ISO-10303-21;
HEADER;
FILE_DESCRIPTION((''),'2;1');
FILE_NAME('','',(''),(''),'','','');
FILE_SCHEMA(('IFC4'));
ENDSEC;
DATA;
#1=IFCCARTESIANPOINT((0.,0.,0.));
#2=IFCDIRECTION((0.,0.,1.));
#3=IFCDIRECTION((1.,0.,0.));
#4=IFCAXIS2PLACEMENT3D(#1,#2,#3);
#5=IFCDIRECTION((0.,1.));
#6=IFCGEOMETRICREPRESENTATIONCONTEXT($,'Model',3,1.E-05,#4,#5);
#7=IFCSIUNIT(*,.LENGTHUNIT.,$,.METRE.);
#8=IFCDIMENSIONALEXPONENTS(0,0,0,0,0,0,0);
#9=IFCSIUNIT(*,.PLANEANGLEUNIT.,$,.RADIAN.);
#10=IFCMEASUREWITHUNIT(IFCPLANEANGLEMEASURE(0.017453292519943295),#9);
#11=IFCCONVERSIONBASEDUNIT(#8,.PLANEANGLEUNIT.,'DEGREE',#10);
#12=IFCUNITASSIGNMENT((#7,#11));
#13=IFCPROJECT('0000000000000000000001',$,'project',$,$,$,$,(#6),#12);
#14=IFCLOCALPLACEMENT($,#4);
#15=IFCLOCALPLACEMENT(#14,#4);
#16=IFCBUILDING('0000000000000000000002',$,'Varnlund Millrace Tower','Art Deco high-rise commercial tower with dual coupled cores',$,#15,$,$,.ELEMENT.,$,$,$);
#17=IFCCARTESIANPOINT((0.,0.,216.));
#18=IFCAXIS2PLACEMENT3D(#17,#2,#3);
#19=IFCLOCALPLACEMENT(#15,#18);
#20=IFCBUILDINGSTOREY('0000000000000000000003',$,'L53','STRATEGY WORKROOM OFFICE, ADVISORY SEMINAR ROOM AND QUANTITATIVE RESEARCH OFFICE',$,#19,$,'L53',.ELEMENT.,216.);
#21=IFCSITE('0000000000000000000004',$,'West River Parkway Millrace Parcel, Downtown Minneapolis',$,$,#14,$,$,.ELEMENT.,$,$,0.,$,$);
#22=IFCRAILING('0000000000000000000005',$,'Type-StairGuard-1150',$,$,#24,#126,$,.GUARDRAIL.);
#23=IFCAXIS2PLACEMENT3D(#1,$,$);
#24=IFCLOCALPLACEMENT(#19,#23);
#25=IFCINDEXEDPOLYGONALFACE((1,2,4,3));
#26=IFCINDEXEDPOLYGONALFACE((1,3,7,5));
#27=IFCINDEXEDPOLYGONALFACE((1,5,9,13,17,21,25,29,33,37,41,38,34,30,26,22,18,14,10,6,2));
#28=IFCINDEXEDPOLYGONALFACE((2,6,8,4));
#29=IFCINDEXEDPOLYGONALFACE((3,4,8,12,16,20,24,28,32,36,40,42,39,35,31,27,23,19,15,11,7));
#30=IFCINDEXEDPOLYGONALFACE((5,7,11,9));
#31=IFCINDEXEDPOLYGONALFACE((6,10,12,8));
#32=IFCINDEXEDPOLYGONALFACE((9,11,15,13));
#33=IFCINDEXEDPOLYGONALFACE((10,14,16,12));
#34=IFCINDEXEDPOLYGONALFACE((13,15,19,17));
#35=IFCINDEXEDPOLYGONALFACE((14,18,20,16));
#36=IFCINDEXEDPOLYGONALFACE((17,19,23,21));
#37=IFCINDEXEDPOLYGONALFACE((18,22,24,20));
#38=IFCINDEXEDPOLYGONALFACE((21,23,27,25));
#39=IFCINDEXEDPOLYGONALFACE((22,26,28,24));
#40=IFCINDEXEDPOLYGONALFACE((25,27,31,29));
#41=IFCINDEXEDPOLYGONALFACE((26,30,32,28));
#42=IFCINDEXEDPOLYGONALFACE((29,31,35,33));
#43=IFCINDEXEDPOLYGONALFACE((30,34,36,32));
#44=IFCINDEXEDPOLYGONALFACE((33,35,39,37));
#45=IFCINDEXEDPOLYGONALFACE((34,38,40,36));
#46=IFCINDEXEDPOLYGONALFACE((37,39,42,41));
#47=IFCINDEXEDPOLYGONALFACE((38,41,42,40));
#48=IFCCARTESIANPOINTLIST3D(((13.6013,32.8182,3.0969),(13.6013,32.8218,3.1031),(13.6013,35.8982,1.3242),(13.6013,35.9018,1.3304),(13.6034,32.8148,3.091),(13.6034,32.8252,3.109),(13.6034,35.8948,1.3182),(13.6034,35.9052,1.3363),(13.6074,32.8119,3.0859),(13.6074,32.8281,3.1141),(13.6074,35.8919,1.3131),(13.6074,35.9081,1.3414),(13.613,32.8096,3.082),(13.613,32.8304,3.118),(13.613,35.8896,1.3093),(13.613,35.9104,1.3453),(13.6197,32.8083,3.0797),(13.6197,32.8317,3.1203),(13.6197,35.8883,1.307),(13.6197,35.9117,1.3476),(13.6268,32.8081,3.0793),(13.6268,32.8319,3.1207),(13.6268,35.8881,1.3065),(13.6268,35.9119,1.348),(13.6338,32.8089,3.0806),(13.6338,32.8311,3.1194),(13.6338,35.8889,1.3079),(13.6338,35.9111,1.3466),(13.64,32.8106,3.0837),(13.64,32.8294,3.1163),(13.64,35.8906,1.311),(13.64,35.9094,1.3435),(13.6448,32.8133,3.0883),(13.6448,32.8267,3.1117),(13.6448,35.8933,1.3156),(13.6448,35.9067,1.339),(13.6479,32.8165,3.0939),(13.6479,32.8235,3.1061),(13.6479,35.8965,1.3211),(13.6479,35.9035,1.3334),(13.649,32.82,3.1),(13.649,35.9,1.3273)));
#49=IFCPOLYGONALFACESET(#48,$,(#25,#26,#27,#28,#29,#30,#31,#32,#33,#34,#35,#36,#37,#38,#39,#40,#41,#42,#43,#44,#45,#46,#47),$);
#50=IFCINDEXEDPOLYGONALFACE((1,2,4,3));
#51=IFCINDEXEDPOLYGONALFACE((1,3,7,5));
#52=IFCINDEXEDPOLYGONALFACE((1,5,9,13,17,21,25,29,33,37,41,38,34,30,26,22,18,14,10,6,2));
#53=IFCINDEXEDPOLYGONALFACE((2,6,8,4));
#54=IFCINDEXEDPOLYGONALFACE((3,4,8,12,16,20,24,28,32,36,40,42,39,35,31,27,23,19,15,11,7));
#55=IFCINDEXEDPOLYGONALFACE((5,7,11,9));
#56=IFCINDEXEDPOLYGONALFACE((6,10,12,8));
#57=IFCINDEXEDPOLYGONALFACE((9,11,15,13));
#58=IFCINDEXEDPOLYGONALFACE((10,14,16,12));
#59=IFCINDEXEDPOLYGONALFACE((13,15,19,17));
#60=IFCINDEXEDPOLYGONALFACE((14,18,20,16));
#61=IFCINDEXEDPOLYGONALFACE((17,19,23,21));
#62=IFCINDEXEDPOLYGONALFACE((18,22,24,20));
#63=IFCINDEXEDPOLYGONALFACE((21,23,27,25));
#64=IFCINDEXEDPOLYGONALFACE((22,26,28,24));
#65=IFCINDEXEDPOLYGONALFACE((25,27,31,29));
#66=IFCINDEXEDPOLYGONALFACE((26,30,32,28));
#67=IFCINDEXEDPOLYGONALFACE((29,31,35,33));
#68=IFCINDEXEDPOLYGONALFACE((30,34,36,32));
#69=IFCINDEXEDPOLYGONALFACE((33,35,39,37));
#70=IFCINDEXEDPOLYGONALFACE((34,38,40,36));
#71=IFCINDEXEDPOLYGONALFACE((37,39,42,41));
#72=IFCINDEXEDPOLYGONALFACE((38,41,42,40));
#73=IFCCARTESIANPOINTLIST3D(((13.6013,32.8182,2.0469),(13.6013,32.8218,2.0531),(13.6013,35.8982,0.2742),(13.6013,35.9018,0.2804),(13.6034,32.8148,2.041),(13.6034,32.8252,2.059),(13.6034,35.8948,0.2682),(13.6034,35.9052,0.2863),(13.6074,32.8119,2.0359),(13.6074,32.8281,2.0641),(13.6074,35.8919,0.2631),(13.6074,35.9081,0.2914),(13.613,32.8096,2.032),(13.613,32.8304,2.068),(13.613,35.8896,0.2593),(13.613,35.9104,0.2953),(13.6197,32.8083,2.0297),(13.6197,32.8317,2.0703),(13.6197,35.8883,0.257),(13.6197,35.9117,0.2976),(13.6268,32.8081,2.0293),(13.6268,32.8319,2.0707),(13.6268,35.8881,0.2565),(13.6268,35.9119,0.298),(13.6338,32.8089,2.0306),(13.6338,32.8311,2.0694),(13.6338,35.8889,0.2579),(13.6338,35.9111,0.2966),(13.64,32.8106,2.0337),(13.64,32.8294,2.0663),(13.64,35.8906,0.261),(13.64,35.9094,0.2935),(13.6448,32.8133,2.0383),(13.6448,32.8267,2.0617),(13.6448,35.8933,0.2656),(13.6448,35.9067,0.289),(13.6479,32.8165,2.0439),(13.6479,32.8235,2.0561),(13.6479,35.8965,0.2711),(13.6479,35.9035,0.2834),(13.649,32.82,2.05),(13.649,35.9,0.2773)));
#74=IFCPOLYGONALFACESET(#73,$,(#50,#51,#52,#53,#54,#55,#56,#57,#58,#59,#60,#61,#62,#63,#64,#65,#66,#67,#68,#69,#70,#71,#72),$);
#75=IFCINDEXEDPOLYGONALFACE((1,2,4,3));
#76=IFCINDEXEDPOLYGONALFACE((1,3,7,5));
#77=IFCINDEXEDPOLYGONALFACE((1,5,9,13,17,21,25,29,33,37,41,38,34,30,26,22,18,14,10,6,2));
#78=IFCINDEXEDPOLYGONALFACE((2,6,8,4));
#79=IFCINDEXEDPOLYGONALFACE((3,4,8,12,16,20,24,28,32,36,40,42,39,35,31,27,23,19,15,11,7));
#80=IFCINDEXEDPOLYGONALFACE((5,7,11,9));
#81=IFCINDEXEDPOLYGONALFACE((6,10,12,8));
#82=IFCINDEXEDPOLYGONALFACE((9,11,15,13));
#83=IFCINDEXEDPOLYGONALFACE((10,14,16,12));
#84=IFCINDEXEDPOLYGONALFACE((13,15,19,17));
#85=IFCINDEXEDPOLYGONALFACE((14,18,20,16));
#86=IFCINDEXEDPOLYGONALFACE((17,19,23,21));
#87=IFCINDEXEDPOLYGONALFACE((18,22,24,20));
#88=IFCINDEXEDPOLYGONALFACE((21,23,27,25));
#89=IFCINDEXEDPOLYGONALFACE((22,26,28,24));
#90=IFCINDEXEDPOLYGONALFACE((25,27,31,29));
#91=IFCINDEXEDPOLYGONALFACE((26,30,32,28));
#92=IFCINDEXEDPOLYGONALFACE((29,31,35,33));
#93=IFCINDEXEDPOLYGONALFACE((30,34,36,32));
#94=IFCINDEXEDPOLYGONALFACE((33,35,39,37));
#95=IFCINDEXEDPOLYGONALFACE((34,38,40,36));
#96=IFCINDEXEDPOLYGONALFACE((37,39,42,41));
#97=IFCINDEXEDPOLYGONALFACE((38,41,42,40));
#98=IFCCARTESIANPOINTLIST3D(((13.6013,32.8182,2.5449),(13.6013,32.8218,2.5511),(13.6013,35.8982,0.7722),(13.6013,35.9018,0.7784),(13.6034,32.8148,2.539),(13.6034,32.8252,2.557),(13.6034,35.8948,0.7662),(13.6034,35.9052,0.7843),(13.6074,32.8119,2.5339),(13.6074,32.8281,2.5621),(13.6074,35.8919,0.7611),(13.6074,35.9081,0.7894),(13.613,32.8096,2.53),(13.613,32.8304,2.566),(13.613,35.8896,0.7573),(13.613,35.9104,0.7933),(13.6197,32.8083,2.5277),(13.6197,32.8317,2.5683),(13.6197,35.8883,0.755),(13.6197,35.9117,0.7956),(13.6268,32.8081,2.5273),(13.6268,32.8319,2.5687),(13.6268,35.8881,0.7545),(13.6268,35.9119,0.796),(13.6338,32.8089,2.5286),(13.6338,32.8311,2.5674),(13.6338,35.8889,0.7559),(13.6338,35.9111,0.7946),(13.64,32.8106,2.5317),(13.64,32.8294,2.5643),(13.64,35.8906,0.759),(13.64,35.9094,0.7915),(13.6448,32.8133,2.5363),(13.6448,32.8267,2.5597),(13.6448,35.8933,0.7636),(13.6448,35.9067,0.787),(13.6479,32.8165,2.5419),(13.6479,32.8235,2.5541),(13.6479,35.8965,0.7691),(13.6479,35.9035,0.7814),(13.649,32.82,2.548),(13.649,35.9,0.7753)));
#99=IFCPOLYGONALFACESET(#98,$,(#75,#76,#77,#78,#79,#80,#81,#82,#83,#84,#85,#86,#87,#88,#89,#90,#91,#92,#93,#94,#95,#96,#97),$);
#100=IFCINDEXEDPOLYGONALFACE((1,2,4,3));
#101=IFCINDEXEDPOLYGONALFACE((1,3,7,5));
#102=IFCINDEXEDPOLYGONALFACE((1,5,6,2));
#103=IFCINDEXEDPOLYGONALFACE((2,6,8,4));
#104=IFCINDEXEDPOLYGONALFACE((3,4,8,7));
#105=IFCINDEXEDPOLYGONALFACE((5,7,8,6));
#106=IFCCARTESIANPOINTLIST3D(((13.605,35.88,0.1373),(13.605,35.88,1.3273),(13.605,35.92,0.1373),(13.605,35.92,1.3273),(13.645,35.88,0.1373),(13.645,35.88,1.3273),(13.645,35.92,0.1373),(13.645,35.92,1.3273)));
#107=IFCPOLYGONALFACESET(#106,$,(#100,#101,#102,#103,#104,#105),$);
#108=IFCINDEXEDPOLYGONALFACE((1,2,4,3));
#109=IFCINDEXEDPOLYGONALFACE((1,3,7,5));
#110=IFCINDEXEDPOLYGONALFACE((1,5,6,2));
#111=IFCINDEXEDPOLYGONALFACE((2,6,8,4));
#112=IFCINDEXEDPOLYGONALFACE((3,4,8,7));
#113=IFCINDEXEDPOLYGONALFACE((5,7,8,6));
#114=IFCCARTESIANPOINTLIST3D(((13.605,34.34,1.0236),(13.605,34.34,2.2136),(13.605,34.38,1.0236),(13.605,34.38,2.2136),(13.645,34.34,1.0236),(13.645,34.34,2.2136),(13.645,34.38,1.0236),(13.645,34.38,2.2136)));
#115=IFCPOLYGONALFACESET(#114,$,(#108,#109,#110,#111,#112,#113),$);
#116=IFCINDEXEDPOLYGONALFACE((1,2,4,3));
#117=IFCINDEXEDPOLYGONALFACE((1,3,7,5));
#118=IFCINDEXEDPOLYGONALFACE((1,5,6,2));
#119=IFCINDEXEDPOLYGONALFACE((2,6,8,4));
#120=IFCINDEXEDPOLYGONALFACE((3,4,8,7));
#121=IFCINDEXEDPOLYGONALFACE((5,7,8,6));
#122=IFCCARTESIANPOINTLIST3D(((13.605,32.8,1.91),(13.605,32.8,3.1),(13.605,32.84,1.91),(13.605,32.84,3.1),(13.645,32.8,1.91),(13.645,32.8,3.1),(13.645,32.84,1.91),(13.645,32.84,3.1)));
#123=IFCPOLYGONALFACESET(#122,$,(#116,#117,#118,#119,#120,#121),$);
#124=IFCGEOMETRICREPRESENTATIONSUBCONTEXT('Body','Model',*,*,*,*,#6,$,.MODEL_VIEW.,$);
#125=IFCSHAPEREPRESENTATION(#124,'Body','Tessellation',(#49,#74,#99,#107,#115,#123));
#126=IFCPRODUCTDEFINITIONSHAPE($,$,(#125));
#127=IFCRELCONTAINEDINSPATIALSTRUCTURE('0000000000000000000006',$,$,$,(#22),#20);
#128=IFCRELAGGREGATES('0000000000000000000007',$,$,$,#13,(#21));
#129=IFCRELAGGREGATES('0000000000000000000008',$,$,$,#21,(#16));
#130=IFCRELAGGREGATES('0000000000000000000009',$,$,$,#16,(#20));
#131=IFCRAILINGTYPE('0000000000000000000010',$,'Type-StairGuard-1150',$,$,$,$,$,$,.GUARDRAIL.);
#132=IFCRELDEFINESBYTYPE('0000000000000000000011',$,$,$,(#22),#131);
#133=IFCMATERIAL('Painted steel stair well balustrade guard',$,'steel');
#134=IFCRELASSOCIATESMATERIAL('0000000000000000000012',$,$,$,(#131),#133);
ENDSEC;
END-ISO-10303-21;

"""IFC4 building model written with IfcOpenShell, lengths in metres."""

from ifc_helpers import new_model, entity, si_unit, converted_unit, direction, frame, origin_with_axes, origin_2d_with_axis, place, context, subcontext, project, spatial, rectangle, circle, extrude, material, type_object, element, save


model = new_model("IFC4")

# Units and contexts
model_context = context("Model", 3, precision=1e-05, world=origin_with_axes(), true_north=direction((0.0, 1.0)))
body_context = subcontext(model_context, "Body", "Model", "MODEL_VIEW")
ifc_project = project(units=[si_unit("LENGTHUNIT", "METRE"), converted_unit("PLANEANGLEUNIT", "DEGREE", entity("IfcPlaneAngleMeasure", 0.017453292519943295), si_unit("PLANEANGLEUNIT", "RADIAN"), dimensions=[0, 0, 0, 0, 0, 0, 0])], contexts=[model_context])

# Site, building, storey
site_placement = place(None, origin_with_axes())
site = spatial("IfcSite", under=ifc_project, at=site_placement, Name="West River Parkway Millrace Parcel, Downtown Minneapolis", CompositionType="ELEMENT", RefElevation=0.0)
building_placement = place(site_placement, origin_with_axes())
building = spatial("IfcBuilding", under=site, at=building_placement, Name="Varnlund Millrace Tower", Description="Art Deco high-rise commercial tower with dual coupled cores", CompositionType="ELEMENT")
storey_placement = place(building_placement, frame((0.0, 0.0, 216.0), z_axis=(0.0, 0.0, 1.0), x_axis=(1.0, 0.0, 0.0)))
storey = spatial("IfcBuildingStorey", under=building, at=storey_placement, Name="L53", Description="STRATEGY WORKROOM OFFICE, ADVISORY SEMINAR ROOM AND QUANTITATIVE RESEARCH OFFICE", LongName="L53", CompositionType="ELEMENT", Elevation=216.0)

# Railing
ifc_material_1 = material(Name="Painted steel stair well balustrade guard", Category="steel")
railing_type_1 = type_object("IfcRailingType", Name="Type-StairGuard-1150", PredefinedType="GUARDRAIL", material=ifc_material_1)
railing_1_placement = place(storey_placement, frame((0.0, 0.0, -216.0), z_axis=(0.0, 0.0, 1.0), x_axis=(1.0, 0.0, 0.0)))
element("IfcRailing", 1, at=railing_1_placement, inside=storey, type_object=railing_type_1, Name="Type-StairGuard-1150", PredefinedType="GUARDRAIL", context=body_context, shape_type="SweptSolid", body=[
    extrude(circle(Radius=0.024, at=origin_2d_with_axis()), frame((13.625, 35.9, 217.3273), z_axis=(0.0, -0.866696, 0.498836), x_axis=(1.0, 0.0, 0.0)), (0.0, 0.0, 1.0), 3.5537),
    extrude(circle(Radius=0.024, at=origin_2d_with_axis()), frame((13.625, 35.9, 216.2773), z_axis=(0.0, -0.866696, 0.498836), x_axis=(1.0, 0.0, 0.0)), (0.0, 0.0, 1.0), 3.5537),
    extrude(circle(Radius=0.024, at=origin_2d_with_axis()), frame((13.625, 35.9, 216.7753), z_axis=(0.0, -0.866696, 0.498836), x_axis=(1.0, 0.0, 0.0)), (0.0, 0.0, 1.0), 3.5537),
    extrude(rectangle(XDim=0.04, YDim=0.04, at=origin_2d_with_axis()), frame((13.625, 35.9, 216.1373), z_axis=(0.0, 0.0, 1.0), x_axis=(1.0, 0.0, 0.0)), (0.0, 0.0, 1.0), 1.19),
    extrude(rectangle(XDim=0.04, YDim=0.04, at=origin_2d_with_axis()), frame((13.625, 34.36, 217.0236), z_axis=(0.0, 0.0, 1.0), x_axis=(1.0, 0.0, 0.0)), (0.0, 0.0, 1.0), 1.19),
    extrude(rectangle(XDim=0.04, YDim=0.04, at=origin_2d_with_axis()), frame((13.625, 32.82, 217.91), z_axis=(0.0, 0.0, 1.0), x_axis=(1.0, 0.0, 0.0)), (0.0, 0.0, 1.0), 1.19),
])

save(model, "model.ifc")
